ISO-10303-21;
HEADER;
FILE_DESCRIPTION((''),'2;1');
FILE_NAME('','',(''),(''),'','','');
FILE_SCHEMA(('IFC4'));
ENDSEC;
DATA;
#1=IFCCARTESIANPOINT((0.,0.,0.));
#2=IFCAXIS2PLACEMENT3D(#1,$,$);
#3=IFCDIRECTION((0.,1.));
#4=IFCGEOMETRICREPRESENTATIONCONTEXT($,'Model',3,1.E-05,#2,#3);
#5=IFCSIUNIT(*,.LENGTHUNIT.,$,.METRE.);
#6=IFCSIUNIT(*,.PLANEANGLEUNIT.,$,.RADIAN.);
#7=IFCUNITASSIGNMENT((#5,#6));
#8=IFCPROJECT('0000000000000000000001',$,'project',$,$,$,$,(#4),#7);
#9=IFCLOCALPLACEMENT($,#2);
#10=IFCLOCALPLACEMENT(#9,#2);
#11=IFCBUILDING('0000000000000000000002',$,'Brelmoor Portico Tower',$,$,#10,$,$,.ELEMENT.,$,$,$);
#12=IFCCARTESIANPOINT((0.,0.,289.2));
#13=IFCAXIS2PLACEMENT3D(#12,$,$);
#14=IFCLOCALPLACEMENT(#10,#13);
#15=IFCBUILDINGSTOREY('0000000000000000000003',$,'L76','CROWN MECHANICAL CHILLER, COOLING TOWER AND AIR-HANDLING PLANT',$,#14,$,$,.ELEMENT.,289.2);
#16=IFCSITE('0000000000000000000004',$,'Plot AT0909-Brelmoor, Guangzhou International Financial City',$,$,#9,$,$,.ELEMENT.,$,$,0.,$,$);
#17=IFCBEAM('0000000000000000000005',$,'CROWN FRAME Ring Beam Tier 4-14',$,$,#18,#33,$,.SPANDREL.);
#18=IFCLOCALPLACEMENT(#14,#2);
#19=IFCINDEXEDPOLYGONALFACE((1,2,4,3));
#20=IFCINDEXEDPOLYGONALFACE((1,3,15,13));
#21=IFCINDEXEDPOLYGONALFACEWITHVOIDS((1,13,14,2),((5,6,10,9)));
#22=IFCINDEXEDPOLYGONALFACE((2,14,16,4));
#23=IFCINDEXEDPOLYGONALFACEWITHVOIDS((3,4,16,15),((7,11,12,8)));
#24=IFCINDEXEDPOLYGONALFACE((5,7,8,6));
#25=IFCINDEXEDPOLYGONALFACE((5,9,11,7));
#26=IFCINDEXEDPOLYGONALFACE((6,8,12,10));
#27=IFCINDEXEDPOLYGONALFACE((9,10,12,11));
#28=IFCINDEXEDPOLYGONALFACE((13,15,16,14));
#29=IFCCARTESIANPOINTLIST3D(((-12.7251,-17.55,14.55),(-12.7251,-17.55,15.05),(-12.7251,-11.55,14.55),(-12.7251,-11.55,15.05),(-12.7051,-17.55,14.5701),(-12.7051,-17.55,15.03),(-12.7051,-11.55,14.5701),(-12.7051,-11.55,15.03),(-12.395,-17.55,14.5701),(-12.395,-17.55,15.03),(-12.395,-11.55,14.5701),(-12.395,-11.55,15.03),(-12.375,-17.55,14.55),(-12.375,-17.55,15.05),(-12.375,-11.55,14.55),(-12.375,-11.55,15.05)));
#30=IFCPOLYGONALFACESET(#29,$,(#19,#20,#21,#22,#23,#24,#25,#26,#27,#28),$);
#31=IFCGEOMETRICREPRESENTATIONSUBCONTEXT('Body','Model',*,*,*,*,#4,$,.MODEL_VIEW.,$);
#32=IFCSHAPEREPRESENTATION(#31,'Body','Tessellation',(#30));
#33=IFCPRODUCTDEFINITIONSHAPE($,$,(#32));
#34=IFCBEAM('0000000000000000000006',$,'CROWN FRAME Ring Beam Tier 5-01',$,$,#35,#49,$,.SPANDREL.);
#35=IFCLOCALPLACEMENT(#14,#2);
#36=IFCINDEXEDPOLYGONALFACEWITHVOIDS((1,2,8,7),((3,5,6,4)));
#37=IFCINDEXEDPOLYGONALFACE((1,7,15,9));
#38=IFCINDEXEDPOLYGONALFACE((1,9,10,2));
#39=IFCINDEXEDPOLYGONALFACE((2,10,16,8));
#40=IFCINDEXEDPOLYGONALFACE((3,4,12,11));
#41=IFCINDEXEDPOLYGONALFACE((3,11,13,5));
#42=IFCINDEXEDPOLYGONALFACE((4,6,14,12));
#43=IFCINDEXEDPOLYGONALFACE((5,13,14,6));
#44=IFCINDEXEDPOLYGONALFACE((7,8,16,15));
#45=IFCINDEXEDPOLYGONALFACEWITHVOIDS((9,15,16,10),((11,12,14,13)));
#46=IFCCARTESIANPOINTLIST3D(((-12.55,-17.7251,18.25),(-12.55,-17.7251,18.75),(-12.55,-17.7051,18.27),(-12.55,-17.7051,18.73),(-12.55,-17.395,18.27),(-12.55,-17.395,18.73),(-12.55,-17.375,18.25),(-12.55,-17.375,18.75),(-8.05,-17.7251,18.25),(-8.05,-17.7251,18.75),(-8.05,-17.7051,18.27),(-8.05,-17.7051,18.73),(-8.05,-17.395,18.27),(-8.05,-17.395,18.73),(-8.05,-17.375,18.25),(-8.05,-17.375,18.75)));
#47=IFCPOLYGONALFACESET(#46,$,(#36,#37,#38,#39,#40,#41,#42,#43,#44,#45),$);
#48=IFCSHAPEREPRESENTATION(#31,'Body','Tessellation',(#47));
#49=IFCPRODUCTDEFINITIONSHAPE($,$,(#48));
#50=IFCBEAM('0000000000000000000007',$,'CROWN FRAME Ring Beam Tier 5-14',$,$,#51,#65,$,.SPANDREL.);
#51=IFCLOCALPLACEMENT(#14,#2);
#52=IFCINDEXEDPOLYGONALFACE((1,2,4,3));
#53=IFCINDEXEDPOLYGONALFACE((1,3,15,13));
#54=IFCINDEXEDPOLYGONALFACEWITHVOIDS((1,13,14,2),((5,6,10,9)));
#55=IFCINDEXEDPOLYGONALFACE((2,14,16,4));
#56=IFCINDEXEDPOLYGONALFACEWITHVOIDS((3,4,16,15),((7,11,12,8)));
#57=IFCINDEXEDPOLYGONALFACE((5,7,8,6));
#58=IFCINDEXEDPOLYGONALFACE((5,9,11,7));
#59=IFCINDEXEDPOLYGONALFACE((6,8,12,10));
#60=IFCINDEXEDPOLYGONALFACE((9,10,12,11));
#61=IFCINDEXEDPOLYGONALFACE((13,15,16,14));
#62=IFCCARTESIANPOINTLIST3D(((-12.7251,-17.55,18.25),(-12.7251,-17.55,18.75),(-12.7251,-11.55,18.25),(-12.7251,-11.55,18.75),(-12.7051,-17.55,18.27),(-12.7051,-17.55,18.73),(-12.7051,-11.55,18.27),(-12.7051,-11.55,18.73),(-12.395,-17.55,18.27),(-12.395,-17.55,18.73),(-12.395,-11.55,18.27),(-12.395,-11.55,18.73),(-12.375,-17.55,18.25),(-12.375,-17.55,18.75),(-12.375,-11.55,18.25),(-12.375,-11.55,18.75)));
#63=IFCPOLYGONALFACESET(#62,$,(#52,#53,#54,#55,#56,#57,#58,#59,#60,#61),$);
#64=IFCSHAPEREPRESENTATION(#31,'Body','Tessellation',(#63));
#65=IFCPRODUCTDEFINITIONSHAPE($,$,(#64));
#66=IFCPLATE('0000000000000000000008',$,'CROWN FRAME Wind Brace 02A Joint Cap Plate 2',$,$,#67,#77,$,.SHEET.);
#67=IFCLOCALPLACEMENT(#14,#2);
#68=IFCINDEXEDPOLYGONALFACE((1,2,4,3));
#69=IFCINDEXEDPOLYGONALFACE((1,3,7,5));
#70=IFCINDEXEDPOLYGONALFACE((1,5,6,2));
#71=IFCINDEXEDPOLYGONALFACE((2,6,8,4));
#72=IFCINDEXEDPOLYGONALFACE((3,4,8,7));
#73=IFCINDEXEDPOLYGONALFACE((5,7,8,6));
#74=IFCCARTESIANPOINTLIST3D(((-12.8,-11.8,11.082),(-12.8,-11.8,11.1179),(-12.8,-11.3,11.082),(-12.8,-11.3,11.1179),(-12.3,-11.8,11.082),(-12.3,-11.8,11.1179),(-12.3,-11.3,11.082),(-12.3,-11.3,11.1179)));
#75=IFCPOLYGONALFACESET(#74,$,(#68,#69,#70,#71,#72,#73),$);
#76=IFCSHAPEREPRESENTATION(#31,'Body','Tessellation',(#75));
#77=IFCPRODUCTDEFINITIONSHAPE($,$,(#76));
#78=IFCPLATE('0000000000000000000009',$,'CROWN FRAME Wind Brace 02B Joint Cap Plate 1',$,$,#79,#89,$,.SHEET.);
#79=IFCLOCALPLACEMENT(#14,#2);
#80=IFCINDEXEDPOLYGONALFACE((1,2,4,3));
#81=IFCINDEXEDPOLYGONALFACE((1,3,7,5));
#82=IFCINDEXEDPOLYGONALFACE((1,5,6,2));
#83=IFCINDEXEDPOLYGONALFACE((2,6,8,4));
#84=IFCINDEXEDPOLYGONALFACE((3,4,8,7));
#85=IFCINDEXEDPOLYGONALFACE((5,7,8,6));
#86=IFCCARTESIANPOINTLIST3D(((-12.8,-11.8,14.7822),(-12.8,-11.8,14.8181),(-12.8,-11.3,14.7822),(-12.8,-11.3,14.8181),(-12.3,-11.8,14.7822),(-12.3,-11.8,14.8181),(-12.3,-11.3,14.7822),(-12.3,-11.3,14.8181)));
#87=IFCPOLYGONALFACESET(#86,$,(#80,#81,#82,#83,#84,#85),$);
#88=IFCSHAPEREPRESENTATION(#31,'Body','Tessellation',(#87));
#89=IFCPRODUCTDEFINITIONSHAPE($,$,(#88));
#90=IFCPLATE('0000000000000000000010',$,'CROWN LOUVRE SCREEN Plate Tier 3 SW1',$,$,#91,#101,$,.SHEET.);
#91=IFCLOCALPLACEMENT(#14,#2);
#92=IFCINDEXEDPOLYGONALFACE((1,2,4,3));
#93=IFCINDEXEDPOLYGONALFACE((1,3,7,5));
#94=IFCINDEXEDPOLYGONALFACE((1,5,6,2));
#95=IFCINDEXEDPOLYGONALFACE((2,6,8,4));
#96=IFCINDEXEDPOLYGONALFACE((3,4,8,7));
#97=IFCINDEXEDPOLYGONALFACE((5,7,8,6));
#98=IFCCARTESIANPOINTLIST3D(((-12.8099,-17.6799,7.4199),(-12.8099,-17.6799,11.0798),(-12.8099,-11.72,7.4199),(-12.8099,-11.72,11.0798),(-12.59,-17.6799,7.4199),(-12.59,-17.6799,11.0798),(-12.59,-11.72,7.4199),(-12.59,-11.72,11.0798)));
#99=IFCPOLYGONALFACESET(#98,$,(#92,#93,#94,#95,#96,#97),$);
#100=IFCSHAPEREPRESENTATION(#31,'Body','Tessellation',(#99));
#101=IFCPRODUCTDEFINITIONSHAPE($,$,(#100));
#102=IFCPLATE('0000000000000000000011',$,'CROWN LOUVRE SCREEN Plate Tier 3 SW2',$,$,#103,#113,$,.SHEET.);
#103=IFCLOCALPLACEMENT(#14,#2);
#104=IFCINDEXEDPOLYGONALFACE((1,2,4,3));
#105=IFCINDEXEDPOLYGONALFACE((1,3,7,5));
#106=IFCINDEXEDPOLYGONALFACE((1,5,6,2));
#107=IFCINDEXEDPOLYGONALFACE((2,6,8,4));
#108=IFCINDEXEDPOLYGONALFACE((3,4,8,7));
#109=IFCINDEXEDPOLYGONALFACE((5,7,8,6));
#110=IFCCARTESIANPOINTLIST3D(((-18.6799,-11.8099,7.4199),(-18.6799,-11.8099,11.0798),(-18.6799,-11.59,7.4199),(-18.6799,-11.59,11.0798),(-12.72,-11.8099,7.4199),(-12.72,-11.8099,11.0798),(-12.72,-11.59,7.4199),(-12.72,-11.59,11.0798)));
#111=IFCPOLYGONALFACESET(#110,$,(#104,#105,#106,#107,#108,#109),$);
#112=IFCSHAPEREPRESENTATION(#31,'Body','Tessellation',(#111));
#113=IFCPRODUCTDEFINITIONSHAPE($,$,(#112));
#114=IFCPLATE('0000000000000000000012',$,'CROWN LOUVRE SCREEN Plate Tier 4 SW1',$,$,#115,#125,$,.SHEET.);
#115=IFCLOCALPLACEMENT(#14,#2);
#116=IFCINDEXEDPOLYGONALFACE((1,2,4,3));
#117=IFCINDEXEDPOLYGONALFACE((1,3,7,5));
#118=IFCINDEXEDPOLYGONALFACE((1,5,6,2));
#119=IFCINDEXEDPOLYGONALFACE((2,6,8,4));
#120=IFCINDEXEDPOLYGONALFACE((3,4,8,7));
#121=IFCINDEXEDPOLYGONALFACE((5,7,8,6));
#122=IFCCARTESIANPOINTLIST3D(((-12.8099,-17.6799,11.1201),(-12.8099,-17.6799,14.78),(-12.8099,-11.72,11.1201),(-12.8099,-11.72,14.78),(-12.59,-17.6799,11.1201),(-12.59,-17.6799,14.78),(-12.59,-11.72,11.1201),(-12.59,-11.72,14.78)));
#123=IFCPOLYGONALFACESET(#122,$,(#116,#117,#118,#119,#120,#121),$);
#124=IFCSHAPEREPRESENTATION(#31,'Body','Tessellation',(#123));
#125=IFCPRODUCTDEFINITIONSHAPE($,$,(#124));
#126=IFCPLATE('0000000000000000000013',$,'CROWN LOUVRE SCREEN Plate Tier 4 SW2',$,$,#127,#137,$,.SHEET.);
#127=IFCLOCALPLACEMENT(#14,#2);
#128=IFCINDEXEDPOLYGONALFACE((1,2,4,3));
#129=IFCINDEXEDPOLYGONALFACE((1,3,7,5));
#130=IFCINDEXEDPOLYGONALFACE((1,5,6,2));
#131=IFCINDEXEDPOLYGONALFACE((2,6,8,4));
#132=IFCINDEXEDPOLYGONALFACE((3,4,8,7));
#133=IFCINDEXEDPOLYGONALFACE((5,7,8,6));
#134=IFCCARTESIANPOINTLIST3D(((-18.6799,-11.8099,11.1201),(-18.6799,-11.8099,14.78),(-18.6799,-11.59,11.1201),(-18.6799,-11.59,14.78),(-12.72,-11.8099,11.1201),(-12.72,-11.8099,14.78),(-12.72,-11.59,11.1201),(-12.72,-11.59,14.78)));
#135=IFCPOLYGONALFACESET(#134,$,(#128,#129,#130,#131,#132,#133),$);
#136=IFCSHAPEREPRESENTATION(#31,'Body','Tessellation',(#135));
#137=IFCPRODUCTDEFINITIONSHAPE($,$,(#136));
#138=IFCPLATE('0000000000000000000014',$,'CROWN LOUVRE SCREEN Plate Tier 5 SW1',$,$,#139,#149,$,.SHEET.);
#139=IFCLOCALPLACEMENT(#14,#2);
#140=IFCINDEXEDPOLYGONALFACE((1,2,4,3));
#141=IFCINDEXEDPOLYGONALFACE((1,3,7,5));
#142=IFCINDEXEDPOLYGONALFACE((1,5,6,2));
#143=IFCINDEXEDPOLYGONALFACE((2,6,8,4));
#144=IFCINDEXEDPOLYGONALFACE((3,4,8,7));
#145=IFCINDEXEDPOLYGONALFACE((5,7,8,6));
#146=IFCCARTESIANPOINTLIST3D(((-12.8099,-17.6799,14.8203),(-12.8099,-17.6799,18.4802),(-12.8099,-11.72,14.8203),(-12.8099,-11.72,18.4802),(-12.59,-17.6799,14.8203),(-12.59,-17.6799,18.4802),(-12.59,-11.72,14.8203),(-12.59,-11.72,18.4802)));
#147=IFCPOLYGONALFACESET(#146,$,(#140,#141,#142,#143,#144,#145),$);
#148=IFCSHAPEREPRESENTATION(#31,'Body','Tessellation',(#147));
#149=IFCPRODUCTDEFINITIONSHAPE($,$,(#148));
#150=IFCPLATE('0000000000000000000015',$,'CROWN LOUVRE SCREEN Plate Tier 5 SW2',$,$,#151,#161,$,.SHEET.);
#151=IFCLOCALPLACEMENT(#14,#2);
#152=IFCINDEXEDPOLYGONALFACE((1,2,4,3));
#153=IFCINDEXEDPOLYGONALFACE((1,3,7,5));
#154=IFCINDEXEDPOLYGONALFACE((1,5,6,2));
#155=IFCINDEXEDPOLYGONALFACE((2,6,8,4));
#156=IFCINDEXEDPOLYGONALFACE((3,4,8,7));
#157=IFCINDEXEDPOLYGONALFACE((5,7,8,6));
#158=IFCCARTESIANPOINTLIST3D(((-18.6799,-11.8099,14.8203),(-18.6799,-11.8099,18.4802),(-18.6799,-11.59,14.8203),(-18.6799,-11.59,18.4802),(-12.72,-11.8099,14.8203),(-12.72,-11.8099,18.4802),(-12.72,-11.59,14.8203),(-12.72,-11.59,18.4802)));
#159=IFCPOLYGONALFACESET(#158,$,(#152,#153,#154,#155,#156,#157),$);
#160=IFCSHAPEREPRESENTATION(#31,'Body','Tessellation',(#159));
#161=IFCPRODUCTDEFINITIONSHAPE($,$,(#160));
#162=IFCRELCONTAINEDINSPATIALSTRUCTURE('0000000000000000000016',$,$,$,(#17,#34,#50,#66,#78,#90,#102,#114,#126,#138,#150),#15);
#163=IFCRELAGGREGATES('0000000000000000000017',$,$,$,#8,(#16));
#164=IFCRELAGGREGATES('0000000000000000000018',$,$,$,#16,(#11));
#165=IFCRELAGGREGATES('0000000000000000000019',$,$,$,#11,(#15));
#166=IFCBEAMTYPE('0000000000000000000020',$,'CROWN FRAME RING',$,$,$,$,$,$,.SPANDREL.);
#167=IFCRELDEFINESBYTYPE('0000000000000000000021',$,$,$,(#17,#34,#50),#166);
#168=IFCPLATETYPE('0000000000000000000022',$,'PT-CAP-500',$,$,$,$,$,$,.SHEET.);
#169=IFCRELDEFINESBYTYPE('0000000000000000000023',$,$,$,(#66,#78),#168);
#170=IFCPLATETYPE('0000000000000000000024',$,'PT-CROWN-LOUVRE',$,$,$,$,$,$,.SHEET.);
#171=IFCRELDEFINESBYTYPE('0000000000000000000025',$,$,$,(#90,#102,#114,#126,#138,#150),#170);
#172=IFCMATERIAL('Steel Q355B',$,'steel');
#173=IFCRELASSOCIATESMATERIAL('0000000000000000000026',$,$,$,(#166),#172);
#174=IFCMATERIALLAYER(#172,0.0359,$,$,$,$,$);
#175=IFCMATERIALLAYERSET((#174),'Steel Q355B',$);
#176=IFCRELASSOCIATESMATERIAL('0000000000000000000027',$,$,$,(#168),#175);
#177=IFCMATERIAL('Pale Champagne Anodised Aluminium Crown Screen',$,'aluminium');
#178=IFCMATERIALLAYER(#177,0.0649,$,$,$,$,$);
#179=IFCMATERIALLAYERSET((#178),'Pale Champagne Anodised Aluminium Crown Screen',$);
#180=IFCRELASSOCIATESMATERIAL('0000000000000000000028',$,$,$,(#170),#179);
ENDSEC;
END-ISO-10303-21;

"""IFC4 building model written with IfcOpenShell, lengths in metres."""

from ifc_helpers import new_model, si_unit, direction, frame, origin, origin_2d, place, context, subcontext, project, spatial, rectangle, hollow_rectangle, extrude, material, layer, layer_set, material_profile, profile_set, type_object, element, save


model = new_model("IFC4")

# Units and contexts
model_context = context("Model", 3, precision=1e-05, world=origin(), true_north=direction((0.0, 1.0)))
body_context = subcontext(model_context, "Body", "Model", "MODEL_VIEW")
ifc_project = project(units=[si_unit("LENGTHUNIT", "METRE"), si_unit("PLANEANGLEUNIT", "RADIAN")], contexts=[model_context])

# Site, building, storey
site_placement = place(None, origin())
site = spatial("IfcSite", under=ifc_project, at=site_placement, Name="Plot AT0909-Brelmoor, Guangzhou International Financial City", CompositionType="ELEMENT", RefElevation=0.0)
building_placement = place(site_placement, origin())
building = spatial("IfcBuilding", under=site, at=building_placement, Name="Brelmoor Portico Tower", CompositionType="ELEMENT")
storey_placement = place(building_placement, frame((0.0, 0.0, 289.2)))
storey = spatial("IfcBuildingStorey", under=building, at=storey_placement, Name="L76", Description="CROWN MECHANICAL CHILLER, COOLING TOWER AND AIR-HANDLING PLANT", CompositionType="ELEMENT", Elevation=289.2)

# Shared definitions
ifc_material_1 = material(Name="Steel Q355B", Category="steel")

# Beams
ifc_material_profile_1 = material_profile(ifc_material_1, hollow_rectangle(XDim=0.3501, YDim=0.5, WallThickness=0.02, at=origin_2d()), Name="RHS 350x500x20")
ifc_profile_set_1 = profile_set([ifc_material_profile_1], Name="Steel Q355B")
beam_type = type_object("IfcBeamType", Name="CROWN FRAME RING", PredefinedType="SPANDREL", material=ifc_profile_set_1)
beam_1_placement = place(storey_placement, frame((-12.55, -17.55, 14.8), z_axis=(0.0, 1.0, 0.0), x_axis=(-1.0, 0.0, 0.0)))
element("IfcBeam", 1, at=beam_1_placement, inside=storey, type_object=beam_type, Name="CROWN FRAME Ring Beam Tier 4-14", PredefinedType="SPANDREL", context=body_context, shape_type="SweptSolid", body=[
    extrude(hollow_rectangle(XDim=0.3501, YDim=0.5, WallThickness=0.02, at=origin_2d()), origin(), (0.0, 0.0, 1.0), 6.0),
])
beam_2_placement = place(storey_placement, frame((-12.55, -17.55, 18.5), z_axis=(1.0, 0.0, 0.0), x_axis=(0.0, 1.0, 0.0)))
element("IfcBeam", 2, at=beam_2_placement, inside=storey, type_object=beam_type, Name="CROWN FRAME Ring Beam Tier 5-01", PredefinedType="SPANDREL", context=body_context, shape_type="SweptSolid", body=[
    extrude(hollow_rectangle(XDim=0.3501, YDim=0.5, WallThickness=0.02, at=origin_2d()), origin(), (0.0, 0.0, 1.0), 4.5),
])
beam_3_placement = place(storey_placement, frame((-12.55, -17.55, 18.5), z_axis=(0.0, 1.0, 0.0), x_axis=(-1.0, 0.0, 0.0)))
element("IfcBeam", 3, at=beam_3_placement, inside=storey, type_object=beam_type, Name="CROWN FRAME Ring Beam Tier 5-14", PredefinedType="SPANDREL", context=body_context, shape_type="SweptSolid", body=[
    extrude(hollow_rectangle(XDim=0.3501, YDim=0.5, WallThickness=0.02, at=origin_2d()), origin(), (0.0, 0.0, 1.0), 6.0),
])

# Plates
ifc_layer_1 = layer(ifc_material_1, 0.0359)
ifc_layer_set_1 = layer_set([ifc_layer_1], Name="Steel Q355B")
plate_type_1 = type_object("IfcPlateType", Name="PT-CAP-500", PredefinedType="SHEET", material=ifc_layer_set_1)
for number, where, z_axis, x_axis, name in (
    (4, (-12.55, -11.55, 11.082), (0.0, 0.0, 1.0), (1.0, 0.0, 0.0), "CROWN FRAME Wind Brace 02A Joint Cap Plate 2"),
    (5, (-12.55, -11.55, 14.7822), (0.0, 0.0, 1.0), (1.0, 0.0, 0.0), "CROWN FRAME Wind Brace 02B Joint Cap Plate 1"),
):
    element("IfcPlate", number, at=place(storey_placement, frame(where, z_axis=z_axis, x_axis=x_axis)), inside=storey, type_object=plate_type_1, Name=name, PredefinedType="SHEET", context=body_context, shape_type="SweptSolid", body=[
        extrude(rectangle(XDim=0.5, YDim=0.5, at=origin_2d()), origin(), (0.0, 0.0, 1.0), 0.0359),
    ])
ifc_material_2 = material(Name="Pale Champagne Anodised Aluminium Crown Screen", Category="aluminium")
ifc_layer_2 = layer(ifc_material_2, 0.0649)
ifc_layer_set_2 = layer_set([ifc_layer_2], Name="Pale Champagne Anodised Aluminium Crown Screen")
plate_type_2 = type_object("IfcPlateType", Name="PT-CROWN-LOUVRE", PredefinedType="SHEET", material=ifc_layer_set_2)
for number, where, z_axis, x_axis, name in (
    (6, (-12.7, -14.7, 7.4199), (0.0, 0.0, 1.0), (0.0, 1.0, 0.0), "CROWN LOUVRE SCREEN Plate Tier 3 SW1"),
    (7, (-15.7, -11.7, 7.4199), (0.0, 0.0, 1.0), (1.0, 0.0, 0.0), "CROWN LOUVRE SCREEN Plate Tier 3 SW2"),
    (8, (-12.7, -14.7, 11.1201), (0.0, 0.0, 1.0), (0.0, 1.0, 0.0), "CROWN LOUVRE SCREEN Plate Tier 4 SW1"),
    (9, (-15.7, -11.7, 11.1201), (0.0, 0.0, 1.0), (1.0, 0.0, 0.0), "CROWN LOUVRE SCREEN Plate Tier 4 SW2"),
    (10, (-12.7, -14.7, 14.8203), (0.0, 0.0, 1.0), (0.0, 1.0, 0.0), "CROWN LOUVRE SCREEN Plate Tier 5 SW1"),
    (11, (-15.7, -11.7, 14.8203), (0.0, 0.0, 1.0), (1.0, 0.0, 0.0), "CROWN LOUVRE SCREEN Plate Tier 5 SW2"),
):
    element("IfcPlate", number, at=place(storey_placement, frame(where, z_axis=z_axis, x_axis=x_axis)), inside=storey, type_object=plate_type_2, Name=name, PredefinedType="SHEET", context=body_context, shape_type="SweptSolid", body=[
        extrude(rectangle(XDim=5.96, YDim=0.22, at=origin_2d()), origin(), (0.0, 0.0, 1.0), 3.6599),
    ])

save(model, "model.ifc")
